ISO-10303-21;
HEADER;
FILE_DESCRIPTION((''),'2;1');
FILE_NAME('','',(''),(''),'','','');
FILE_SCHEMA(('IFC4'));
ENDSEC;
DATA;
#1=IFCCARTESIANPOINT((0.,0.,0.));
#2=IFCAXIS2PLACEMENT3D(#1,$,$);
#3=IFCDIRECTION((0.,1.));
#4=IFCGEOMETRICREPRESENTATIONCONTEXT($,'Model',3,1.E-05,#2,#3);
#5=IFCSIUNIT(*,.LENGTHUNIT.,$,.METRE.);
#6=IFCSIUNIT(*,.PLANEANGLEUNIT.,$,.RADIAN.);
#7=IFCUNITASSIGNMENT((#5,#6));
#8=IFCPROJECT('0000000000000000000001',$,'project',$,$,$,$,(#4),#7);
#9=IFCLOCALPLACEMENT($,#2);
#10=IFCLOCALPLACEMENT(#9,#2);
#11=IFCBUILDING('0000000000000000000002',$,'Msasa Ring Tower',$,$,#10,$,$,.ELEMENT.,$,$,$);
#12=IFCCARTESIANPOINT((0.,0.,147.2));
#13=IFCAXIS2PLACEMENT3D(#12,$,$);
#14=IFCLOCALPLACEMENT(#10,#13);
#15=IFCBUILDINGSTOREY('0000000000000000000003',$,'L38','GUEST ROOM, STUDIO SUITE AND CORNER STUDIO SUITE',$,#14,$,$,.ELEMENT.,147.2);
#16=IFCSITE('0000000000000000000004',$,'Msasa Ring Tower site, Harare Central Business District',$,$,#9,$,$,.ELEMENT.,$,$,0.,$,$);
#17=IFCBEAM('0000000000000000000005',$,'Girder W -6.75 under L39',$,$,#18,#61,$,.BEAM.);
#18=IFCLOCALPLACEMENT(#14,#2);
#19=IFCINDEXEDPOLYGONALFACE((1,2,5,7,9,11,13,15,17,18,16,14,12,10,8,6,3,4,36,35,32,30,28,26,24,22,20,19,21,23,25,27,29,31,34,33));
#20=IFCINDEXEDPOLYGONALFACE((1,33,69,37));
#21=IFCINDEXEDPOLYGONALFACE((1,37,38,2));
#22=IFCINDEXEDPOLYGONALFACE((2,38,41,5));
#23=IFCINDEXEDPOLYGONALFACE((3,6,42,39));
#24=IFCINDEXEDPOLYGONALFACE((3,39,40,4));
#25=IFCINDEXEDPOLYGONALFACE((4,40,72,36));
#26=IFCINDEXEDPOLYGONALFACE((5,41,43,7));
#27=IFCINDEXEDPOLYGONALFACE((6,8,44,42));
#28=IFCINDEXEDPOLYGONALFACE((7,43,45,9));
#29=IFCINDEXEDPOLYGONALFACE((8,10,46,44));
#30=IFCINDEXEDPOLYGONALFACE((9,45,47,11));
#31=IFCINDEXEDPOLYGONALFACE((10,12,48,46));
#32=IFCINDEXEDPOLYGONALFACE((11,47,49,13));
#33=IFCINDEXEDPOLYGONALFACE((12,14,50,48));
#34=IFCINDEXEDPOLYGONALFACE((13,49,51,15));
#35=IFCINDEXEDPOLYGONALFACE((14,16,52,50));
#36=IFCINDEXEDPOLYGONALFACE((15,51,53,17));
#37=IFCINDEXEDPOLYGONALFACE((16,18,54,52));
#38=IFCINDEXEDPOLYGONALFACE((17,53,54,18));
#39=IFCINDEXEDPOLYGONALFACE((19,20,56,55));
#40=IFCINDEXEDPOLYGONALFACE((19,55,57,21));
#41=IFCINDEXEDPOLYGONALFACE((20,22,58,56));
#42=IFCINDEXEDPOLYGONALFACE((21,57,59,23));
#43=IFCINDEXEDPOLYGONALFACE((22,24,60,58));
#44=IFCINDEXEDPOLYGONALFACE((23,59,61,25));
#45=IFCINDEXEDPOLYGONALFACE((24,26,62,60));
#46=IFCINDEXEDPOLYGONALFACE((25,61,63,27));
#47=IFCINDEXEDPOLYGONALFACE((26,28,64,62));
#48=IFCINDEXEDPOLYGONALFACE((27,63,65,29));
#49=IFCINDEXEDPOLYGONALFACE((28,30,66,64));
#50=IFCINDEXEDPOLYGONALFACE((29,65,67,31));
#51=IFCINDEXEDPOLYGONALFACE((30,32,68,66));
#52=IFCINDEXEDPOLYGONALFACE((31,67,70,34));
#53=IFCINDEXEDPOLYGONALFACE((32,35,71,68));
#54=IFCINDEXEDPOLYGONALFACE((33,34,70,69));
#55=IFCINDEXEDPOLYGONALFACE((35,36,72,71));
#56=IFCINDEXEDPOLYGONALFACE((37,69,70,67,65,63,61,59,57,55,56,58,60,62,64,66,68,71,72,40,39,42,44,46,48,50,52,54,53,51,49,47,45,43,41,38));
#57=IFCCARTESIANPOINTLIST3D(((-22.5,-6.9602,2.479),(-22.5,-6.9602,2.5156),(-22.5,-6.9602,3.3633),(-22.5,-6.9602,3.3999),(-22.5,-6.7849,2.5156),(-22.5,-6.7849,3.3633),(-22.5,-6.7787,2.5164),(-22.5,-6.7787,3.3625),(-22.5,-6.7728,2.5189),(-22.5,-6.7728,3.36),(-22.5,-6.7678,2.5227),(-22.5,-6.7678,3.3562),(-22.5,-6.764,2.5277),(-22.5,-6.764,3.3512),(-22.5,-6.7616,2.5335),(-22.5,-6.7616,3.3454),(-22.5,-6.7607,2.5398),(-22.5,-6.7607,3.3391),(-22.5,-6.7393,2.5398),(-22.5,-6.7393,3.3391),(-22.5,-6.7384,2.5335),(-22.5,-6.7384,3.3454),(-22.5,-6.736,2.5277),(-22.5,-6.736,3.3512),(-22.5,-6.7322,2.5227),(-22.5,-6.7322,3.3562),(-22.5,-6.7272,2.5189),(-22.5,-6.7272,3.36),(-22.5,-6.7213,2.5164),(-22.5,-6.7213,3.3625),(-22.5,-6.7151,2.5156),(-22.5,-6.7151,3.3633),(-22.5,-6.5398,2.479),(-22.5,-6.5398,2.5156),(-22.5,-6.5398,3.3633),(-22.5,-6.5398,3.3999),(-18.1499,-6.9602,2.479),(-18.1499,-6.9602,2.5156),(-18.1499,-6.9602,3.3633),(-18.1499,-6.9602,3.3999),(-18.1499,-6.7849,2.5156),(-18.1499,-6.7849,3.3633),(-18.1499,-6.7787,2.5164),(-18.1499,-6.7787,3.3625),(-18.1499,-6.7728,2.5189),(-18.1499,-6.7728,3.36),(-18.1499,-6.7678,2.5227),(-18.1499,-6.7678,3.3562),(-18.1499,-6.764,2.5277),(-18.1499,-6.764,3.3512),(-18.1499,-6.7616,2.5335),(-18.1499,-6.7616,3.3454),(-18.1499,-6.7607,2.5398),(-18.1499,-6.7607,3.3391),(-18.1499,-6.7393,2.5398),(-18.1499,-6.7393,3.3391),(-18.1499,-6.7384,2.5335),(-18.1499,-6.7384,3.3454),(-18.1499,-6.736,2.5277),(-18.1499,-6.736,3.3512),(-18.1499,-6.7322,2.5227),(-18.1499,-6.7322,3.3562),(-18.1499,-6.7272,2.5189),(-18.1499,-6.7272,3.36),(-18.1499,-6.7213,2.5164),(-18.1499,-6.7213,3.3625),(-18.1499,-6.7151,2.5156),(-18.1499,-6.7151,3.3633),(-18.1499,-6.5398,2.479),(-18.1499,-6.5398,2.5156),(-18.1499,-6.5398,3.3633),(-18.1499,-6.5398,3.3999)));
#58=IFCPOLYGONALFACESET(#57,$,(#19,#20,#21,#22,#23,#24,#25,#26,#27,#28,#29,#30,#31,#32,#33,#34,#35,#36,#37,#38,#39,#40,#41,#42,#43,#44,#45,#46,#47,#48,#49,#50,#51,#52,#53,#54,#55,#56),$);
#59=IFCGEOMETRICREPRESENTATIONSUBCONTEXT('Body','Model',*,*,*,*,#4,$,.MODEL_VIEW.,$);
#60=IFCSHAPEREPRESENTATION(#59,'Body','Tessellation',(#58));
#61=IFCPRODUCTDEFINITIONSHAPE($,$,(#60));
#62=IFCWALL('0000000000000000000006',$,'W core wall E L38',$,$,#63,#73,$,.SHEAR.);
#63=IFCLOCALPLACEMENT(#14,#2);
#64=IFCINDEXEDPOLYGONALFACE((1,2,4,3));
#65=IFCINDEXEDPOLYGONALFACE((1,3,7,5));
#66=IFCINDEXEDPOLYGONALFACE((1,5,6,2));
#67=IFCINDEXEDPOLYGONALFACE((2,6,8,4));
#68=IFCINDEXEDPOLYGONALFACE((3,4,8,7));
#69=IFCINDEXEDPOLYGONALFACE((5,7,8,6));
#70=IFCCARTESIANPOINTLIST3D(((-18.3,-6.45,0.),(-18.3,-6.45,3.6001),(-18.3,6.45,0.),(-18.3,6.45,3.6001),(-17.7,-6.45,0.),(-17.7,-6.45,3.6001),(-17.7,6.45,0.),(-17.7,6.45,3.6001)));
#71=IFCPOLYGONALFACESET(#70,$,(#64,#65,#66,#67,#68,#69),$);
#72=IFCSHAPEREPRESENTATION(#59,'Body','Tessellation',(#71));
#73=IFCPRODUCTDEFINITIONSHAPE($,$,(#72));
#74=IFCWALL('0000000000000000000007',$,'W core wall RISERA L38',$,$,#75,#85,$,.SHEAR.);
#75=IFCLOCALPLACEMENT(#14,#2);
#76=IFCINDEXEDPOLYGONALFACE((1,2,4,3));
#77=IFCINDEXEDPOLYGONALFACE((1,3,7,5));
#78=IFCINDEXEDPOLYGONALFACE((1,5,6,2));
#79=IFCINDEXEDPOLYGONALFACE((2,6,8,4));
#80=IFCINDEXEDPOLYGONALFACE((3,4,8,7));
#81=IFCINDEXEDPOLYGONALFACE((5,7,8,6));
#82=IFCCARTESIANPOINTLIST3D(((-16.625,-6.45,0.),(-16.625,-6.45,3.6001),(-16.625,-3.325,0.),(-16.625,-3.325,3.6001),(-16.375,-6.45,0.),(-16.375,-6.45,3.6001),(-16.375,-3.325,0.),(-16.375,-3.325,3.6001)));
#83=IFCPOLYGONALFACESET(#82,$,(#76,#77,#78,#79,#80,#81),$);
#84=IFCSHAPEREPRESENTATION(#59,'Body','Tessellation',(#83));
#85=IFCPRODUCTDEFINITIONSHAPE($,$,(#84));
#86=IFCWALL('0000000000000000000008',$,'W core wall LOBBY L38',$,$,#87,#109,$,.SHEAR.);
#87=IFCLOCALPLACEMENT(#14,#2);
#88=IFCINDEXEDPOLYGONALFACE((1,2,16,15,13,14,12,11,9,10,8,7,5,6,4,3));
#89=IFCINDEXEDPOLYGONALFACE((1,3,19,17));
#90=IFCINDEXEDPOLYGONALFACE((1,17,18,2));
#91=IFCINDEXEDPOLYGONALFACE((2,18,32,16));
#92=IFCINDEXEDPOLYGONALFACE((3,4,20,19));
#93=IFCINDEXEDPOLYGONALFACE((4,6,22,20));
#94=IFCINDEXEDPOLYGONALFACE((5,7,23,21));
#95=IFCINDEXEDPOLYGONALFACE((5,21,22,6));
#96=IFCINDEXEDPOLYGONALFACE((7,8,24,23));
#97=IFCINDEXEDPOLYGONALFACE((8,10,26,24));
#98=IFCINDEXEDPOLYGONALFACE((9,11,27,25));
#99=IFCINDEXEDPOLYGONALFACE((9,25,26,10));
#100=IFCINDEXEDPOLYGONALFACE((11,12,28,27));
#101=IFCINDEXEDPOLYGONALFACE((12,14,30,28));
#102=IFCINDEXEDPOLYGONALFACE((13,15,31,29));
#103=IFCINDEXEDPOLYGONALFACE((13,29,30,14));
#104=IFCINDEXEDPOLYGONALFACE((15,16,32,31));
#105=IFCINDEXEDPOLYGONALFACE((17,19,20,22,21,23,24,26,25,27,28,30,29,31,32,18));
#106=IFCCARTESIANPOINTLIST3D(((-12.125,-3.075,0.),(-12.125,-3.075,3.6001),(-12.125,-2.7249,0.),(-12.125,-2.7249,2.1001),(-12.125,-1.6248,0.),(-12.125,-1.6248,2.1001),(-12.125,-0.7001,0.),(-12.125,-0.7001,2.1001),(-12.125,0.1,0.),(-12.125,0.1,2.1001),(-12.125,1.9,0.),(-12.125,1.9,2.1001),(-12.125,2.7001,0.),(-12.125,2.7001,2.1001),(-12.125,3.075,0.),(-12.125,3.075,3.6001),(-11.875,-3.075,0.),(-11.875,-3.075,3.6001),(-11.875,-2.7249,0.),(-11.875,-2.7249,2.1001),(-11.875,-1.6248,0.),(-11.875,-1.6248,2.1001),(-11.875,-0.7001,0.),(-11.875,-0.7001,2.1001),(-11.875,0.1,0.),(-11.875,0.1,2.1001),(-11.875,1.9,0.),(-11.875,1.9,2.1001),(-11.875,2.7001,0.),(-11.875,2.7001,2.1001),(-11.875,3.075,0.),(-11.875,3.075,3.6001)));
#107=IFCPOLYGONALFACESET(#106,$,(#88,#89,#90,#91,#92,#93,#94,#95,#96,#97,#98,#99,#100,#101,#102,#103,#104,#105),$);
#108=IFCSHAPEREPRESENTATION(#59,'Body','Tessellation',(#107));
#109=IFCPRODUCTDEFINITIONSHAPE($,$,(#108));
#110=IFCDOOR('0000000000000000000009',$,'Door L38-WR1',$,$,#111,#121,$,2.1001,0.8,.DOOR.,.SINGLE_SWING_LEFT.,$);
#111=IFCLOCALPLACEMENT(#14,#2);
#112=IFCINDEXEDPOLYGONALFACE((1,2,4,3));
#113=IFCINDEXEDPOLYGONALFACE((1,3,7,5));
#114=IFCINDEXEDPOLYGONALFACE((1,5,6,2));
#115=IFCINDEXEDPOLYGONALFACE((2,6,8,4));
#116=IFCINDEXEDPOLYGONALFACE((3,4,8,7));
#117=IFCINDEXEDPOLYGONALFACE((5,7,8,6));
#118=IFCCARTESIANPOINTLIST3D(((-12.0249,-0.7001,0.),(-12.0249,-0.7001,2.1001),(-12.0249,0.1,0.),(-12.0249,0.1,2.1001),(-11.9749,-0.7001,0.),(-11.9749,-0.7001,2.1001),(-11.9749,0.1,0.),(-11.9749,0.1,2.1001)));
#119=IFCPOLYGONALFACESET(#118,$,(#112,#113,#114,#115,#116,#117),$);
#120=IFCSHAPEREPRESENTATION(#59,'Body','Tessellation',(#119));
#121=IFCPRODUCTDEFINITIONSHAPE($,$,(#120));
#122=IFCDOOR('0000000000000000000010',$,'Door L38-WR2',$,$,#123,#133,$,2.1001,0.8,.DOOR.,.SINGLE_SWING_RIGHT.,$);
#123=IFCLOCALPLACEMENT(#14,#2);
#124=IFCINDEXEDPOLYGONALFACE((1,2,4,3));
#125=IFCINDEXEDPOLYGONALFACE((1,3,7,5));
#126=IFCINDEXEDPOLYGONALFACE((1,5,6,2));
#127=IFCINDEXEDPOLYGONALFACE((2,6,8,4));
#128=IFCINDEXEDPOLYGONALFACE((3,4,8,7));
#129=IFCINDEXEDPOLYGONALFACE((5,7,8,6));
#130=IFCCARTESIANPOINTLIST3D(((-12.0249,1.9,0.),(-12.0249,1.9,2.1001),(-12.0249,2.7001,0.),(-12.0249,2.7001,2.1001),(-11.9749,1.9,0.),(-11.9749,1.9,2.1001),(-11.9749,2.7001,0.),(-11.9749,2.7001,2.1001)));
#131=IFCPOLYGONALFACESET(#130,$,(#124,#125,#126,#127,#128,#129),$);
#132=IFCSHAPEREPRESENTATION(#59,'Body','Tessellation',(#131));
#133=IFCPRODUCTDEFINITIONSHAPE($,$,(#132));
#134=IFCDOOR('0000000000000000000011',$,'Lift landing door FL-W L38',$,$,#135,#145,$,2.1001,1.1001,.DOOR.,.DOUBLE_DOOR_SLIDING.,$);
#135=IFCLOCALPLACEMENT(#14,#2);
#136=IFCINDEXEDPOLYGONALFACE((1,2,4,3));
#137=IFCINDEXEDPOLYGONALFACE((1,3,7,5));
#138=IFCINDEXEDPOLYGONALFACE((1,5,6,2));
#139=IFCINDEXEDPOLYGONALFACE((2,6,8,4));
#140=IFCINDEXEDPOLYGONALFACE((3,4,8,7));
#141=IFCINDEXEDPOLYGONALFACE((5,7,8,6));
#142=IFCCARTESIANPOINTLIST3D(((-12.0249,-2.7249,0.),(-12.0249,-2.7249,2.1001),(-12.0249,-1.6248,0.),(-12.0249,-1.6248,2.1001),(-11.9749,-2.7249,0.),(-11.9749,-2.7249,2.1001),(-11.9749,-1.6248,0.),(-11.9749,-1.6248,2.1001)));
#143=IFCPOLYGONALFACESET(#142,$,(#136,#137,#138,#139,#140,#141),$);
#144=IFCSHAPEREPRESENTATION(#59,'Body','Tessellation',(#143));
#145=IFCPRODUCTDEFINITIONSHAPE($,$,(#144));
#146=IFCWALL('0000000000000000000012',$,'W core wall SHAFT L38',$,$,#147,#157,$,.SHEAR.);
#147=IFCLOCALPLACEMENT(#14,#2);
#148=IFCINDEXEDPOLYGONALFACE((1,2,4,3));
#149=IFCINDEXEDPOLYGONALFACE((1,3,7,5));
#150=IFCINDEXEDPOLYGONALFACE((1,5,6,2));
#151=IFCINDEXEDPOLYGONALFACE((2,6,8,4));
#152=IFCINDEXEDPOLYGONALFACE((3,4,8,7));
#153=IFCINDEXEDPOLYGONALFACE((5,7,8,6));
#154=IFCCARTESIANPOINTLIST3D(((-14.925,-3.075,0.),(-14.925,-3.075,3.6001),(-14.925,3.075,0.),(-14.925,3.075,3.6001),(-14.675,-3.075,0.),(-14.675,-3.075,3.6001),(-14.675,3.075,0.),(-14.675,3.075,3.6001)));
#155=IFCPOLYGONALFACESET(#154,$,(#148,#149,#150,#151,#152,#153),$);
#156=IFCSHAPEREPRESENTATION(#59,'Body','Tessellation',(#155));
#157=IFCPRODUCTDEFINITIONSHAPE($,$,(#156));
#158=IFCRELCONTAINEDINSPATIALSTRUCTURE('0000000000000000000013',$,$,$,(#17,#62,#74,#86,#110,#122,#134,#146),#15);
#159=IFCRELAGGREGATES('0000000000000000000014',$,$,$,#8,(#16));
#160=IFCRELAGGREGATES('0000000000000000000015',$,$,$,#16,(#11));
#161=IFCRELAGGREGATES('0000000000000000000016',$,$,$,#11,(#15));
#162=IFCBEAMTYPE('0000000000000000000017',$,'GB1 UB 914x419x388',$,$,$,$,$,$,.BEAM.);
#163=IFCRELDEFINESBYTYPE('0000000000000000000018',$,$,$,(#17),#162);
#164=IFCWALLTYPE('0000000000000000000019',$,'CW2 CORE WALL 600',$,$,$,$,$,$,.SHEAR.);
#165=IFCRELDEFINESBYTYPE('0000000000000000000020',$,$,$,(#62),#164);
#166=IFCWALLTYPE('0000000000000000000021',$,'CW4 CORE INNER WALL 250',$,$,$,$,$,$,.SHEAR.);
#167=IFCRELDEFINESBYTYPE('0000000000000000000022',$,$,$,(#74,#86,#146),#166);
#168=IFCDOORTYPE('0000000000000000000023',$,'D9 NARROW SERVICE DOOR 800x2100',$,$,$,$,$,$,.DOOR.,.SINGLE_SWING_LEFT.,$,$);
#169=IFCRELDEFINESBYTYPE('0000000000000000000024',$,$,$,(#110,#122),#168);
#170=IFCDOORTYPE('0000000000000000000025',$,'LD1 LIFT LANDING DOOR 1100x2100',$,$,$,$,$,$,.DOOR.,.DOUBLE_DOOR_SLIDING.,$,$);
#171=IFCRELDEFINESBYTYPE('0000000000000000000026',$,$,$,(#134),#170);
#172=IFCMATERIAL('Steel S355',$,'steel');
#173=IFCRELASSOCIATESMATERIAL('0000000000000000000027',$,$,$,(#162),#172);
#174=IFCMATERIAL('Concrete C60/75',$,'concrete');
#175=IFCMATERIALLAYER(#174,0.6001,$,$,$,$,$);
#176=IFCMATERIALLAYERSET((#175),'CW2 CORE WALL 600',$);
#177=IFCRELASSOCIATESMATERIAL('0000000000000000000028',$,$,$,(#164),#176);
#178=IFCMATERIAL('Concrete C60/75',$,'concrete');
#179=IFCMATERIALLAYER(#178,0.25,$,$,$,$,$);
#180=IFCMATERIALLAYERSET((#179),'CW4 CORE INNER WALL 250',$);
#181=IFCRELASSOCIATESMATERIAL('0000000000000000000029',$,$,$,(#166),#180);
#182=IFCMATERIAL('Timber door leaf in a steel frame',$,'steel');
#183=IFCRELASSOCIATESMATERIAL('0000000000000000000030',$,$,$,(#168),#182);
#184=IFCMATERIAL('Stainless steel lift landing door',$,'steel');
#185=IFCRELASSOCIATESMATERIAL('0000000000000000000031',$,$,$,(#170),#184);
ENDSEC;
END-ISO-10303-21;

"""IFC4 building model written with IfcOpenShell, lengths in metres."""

from ifc_helpers import new_model, si_unit, direction, frame, frame_2d, origin, origin_2d, place, context, subcontext, project, spatial, rectangle, i_section, extrude, material, layer, layer_set, material_profile, profile_set, type_object, element, fill, save


model = new_model("IFC4")

# Units and contexts
model_context = context("Model", 3, precision=1e-05, world=origin(), true_north=direction((0.0, 1.0)))
body_context = subcontext(model_context, "Body", "Model", "MODEL_VIEW")
ifc_project = project(units=[si_unit("LENGTHUNIT", "METRE"), si_unit("PLANEANGLEUNIT", "RADIAN")], contexts=[model_context])

# Site, building, storey
site_placement = place(None, origin())
site = spatial("IfcSite", under=ifc_project, at=site_placement, Name="Msasa Ring Tower site, Harare Central Business District", CompositionType="ELEMENT", RefElevation=0.0)
building_placement = place(site_placement, origin())
building = spatial("IfcBuilding", under=site, at=building_placement, Name="Msasa Ring Tower", CompositionType="ELEMENT")
storey_placement = place(building_placement, frame((0.0, 0.0, 147.2)))
storey = spatial("IfcBuildingStorey", under=building, at=storey_placement, Name="L38", Description="GUEST ROOM, STUDIO SUITE AND CORNER STUDIO SUITE", CompositionType="ELEMENT", Elevation=147.2)

# Beam
ifc_material_1 = material(Name="Steel S355", Category="steel")
ifc_material_profile = material_profile(ifc_material_1, i_section(OverallWidth=0.4204, OverallDepth=0.9209, WebThickness=0.0215, FlangeThickness=0.0366, FilletRadius=0.0242, at=origin_2d()), Name="UB 914x419x388")
ifc_profile_set = profile_set([ifc_material_profile], Name="Steel S355")
beam_type = type_object("IfcBeamType", Name="GB1 UB 914x419x388", PredefinedType="BEAM", material=ifc_profile_set)
beam_placement = place(storey_placement, frame((-18.1499, -6.75, 2.9395), z_axis=(-1.0, 0.0, 0.0), x_axis=(0.0, -1.0, 0.0)))
element("IfcBeam", 1, at=beam_placement, inside=storey, type_object=beam_type, Name="Girder W -6.75 under L39", PredefinedType="BEAM", context=body_context, shape_type="SweptSolid", body=[
    extrude(i_section(OverallWidth=0.4204, OverallDepth=0.9209, WebThickness=0.0215, FlangeThickness=0.0366, FilletRadius=0.0242, at=origin_2d()), origin(), (0.0, 0.0, 1.0), 4.3501),
])

# Walls
ifc_material_2 = material(Name="Concrete C60/75", Category="concrete")
ifc_layer_1 = layer(ifc_material_2, 0.6001)
ifc_layer_set_1 = layer_set([ifc_layer_1], Name="CW2 CORE WALL 600")
wall_type_1 = type_object("IfcWallType", Name="CW2 CORE WALL 600", PredefinedType="SHEAR", material=ifc_layer_set_1)
wall_1_placement = place(storey_placement, frame((-18.0, -6.45, 0.0), z_axis=(0.0, 0.0, 1.0), x_axis=(0.0, 1.0, 0.0)))
element("IfcWall", 2, at=wall_1_placement, inside=storey, type_object=wall_type_1, Name="W core wall E L38", PredefinedType="SHEAR", context=body_context, shape_type="SweptSolid", body=[
    extrude(rectangle(XDim=12.8999, YDim=0.6001, at=frame_2d((6.45, 0.0))), origin(), (0.0, 0.0, 1.0), 3.6001),
])
ifc_material_3 = material(Name="Concrete C60/75", Category="concrete")
ifc_layer_2 = layer(ifc_material_3, 0.25)
ifc_layer_set_2 = layer_set([ifc_layer_2], Name="CW4 CORE INNER WALL 250")
wall_type_2 = type_object("IfcWallType", Name="CW4 CORE INNER WALL 250", PredefinedType="SHEAR", material=ifc_layer_set_2)
wall_2_placement = place(storey_placement, frame((-16.5, -6.45, 0.0), z_axis=(0.0, 0.0, 1.0), x_axis=(0.0, 1.0, 0.0)))
element("IfcWall", 3, at=wall_2_placement, inside=storey, type_object=wall_type_2, Name="W core wall RISERA L38", PredefinedType="SHEAR", context=body_context, shape_type="SweptSolid", body=[
    extrude(rectangle(XDim=3.125, YDim=0.25, at=frame_2d((1.5625, 0.0))), origin(), (0.0, 0.0, 1.0), 3.6001),
])

# Wall, openings, doors
wall_3_placement = place(storey_placement, frame((-12.0, -3.075, 0.0), z_axis=(0.0, 0.0, 1.0), x_axis=(0.0, 1.0, 0.0)))
wall_3 = element("IfcWall", 4, at=wall_3_placement, inside=storey, type_object=wall_type_2, Name="W core wall LOBBY L38", PredefinedType="SHEAR", context=body_context, shape_type="SweptSolid", body=[
    extrude(rectangle(XDim=6.1499, YDim=0.25, at=frame_2d((3.075, 0.0))), origin(), (0.0, 0.0, 1.0), 3.6001),
])
opening_1_placement = place(wall_3_placement, frame((2.375, 0.0, 0.0)))
opening_1 = element("IfcOpeningElement", 5, at=opening_1_placement, cuts=wall_3, PredefinedType="OPENING", context=body_context, shape_type="SweptSolid", body=[
    extrude(rectangle(XDim=0.8, YDim=2.1001, at=frame_2d((0.3999, 1.05))), frame((0.0, 0.135, 0.0), z_axis=(0.0, -1.0, 0.0), x_axis=(1.0, 0.0, 0.0)), (0.0, 0.0, 1.0), 0.27),
])
opening_2_placement = place(wall_3_placement, frame((4.9751, 0.0, 0.0)))
opening_2 = element("IfcOpeningElement", 6, at=opening_2_placement, cuts=wall_3, PredefinedType="OPENING", context=body_context, shape_type="SweptSolid", body=[
    extrude(rectangle(XDim=0.8, YDim=2.1001, at=frame_2d((0.3999, 1.05))), frame((0.0, 0.135, 0.0), z_axis=(0.0, -1.0, 0.0), x_axis=(1.0, 0.0, 0.0)), (0.0, 0.0, 1.0), 0.27),
])
opening_3_placement = place(wall_3_placement, frame((0.3501, 0.0, 0.0)))
opening_3 = element("IfcOpeningElement", 7, at=opening_3_placement, cuts=wall_3, PredefinedType="OPENING", context=body_context, shape_type="SweptSolid", body=[
    extrude(rectangle(XDim=1.1001, YDim=2.1001, at=frame_2d((0.55, 1.05))), frame((0.0, 0.135, 0.0), z_axis=(0.0, -1.0, 0.0), x_axis=(1.0, 0.0, 0.0)), (0.0, 0.0, 1.0), 0.27),
])
ifc_material_4 = material(Name="Timber door leaf in a steel frame", Category="steel")
door_type_1 = type_object("IfcDoorType", Name="D9 NARROW SERVICE DOOR 800x2100", OperationType="SINGLE_SWING_LEFT", PredefinedType="DOOR", material=ifc_material_4)
door_1_placement = place(opening_1_placement, origin())
door_1 = element("IfcDoor", 8, at=door_1_placement, inside=storey, type_object=door_type_1, Name="Door L38-WR1", OperationType="SINGLE_SWING_LEFT", OverallHeight=2.1001, OverallWidth=0.8, PredefinedType="DOOR", context=body_context, shape_type="SweptSolid", body=[
    extrude(rectangle(XDim=0.8, YDim=2.1001, at=frame_2d((0.3999, 1.05))), frame((0.0, 0.0249, 0.0), z_axis=(0.0, -1.0, 0.0), x_axis=(1.0, 0.0, 0.0)), (0.0, 0.0, 1.0), 0.05),
])
fill(opening_1, door_1)
door_2_placement = place(opening_2_placement, origin())
door_2 = element("IfcDoor", 9, at=door_2_placement, inside=storey, type_object=door_type_1, Name="Door L38-WR2", OperationType="SINGLE_SWING_RIGHT", OverallHeight=2.1001, OverallWidth=0.8, PredefinedType="DOOR", context=body_context, shape_type="SweptSolid", body=[
    extrude(rectangle(XDim=0.8, YDim=2.1001, at=frame_2d((0.3999, 1.05))), frame((0.0, 0.0249, 0.0), z_axis=(0.0, -1.0, 0.0), x_axis=(1.0, 0.0, 0.0)), (0.0, 0.0, 1.0), 0.05),
])
fill(opening_2, door_2)
ifc_material_5 = material(Name="Stainless steel lift landing door", Category="steel")
door_type_2 = type_object("IfcDoorType", Name="LD1 LIFT LANDING DOOR 1100x2100", OperationType="DOUBLE_DOOR_SLIDING", PredefinedType="DOOR", material=ifc_material_5)
door_3_placement = place(opening_3_placement, origin())
door_3 = element("IfcDoor", 10, at=door_3_placement, inside=storey, type_object=door_type_2, Name="Lift landing door FL-W L38", OperationType="DOUBLE_DOOR_SLIDING", OverallHeight=2.1001, OverallWidth=1.1001, PredefinedType="DOOR", context=body_context, shape_type="SweptSolid", body=[
    extrude(rectangle(XDim=1.1001, YDim=2.1001, at=frame_2d((0.55, 1.05))), frame((0.0, 0.0249, 0.0), z_axis=(0.0, -1.0, 0.0), x_axis=(1.0, 0.0, 0.0)), (0.0, 0.0, 1.0), 0.05),
])
fill(opening_3, door_3)

# Wall
wall_4_placement = place(storey_placement, frame((-14.8, -3.075, 0.0), z_axis=(0.0, 0.0, 1.0), x_axis=(0.0, 1.0, 0.0)))
element("IfcWall", 11, at=wall_4_placement, inside=storey, type_object=wall_type_2, Name="W core wall SHAFT L38", PredefinedType="SHEAR", context=body_context, shape_type="SweptSolid", body=[
    extrude(rectangle(XDim=6.1499, YDim=0.25, at=frame_2d((3.075, 0.0))), origin(), (0.0, 0.0, 1.0), 3.6001),
])

save(model, "model.ifc")
